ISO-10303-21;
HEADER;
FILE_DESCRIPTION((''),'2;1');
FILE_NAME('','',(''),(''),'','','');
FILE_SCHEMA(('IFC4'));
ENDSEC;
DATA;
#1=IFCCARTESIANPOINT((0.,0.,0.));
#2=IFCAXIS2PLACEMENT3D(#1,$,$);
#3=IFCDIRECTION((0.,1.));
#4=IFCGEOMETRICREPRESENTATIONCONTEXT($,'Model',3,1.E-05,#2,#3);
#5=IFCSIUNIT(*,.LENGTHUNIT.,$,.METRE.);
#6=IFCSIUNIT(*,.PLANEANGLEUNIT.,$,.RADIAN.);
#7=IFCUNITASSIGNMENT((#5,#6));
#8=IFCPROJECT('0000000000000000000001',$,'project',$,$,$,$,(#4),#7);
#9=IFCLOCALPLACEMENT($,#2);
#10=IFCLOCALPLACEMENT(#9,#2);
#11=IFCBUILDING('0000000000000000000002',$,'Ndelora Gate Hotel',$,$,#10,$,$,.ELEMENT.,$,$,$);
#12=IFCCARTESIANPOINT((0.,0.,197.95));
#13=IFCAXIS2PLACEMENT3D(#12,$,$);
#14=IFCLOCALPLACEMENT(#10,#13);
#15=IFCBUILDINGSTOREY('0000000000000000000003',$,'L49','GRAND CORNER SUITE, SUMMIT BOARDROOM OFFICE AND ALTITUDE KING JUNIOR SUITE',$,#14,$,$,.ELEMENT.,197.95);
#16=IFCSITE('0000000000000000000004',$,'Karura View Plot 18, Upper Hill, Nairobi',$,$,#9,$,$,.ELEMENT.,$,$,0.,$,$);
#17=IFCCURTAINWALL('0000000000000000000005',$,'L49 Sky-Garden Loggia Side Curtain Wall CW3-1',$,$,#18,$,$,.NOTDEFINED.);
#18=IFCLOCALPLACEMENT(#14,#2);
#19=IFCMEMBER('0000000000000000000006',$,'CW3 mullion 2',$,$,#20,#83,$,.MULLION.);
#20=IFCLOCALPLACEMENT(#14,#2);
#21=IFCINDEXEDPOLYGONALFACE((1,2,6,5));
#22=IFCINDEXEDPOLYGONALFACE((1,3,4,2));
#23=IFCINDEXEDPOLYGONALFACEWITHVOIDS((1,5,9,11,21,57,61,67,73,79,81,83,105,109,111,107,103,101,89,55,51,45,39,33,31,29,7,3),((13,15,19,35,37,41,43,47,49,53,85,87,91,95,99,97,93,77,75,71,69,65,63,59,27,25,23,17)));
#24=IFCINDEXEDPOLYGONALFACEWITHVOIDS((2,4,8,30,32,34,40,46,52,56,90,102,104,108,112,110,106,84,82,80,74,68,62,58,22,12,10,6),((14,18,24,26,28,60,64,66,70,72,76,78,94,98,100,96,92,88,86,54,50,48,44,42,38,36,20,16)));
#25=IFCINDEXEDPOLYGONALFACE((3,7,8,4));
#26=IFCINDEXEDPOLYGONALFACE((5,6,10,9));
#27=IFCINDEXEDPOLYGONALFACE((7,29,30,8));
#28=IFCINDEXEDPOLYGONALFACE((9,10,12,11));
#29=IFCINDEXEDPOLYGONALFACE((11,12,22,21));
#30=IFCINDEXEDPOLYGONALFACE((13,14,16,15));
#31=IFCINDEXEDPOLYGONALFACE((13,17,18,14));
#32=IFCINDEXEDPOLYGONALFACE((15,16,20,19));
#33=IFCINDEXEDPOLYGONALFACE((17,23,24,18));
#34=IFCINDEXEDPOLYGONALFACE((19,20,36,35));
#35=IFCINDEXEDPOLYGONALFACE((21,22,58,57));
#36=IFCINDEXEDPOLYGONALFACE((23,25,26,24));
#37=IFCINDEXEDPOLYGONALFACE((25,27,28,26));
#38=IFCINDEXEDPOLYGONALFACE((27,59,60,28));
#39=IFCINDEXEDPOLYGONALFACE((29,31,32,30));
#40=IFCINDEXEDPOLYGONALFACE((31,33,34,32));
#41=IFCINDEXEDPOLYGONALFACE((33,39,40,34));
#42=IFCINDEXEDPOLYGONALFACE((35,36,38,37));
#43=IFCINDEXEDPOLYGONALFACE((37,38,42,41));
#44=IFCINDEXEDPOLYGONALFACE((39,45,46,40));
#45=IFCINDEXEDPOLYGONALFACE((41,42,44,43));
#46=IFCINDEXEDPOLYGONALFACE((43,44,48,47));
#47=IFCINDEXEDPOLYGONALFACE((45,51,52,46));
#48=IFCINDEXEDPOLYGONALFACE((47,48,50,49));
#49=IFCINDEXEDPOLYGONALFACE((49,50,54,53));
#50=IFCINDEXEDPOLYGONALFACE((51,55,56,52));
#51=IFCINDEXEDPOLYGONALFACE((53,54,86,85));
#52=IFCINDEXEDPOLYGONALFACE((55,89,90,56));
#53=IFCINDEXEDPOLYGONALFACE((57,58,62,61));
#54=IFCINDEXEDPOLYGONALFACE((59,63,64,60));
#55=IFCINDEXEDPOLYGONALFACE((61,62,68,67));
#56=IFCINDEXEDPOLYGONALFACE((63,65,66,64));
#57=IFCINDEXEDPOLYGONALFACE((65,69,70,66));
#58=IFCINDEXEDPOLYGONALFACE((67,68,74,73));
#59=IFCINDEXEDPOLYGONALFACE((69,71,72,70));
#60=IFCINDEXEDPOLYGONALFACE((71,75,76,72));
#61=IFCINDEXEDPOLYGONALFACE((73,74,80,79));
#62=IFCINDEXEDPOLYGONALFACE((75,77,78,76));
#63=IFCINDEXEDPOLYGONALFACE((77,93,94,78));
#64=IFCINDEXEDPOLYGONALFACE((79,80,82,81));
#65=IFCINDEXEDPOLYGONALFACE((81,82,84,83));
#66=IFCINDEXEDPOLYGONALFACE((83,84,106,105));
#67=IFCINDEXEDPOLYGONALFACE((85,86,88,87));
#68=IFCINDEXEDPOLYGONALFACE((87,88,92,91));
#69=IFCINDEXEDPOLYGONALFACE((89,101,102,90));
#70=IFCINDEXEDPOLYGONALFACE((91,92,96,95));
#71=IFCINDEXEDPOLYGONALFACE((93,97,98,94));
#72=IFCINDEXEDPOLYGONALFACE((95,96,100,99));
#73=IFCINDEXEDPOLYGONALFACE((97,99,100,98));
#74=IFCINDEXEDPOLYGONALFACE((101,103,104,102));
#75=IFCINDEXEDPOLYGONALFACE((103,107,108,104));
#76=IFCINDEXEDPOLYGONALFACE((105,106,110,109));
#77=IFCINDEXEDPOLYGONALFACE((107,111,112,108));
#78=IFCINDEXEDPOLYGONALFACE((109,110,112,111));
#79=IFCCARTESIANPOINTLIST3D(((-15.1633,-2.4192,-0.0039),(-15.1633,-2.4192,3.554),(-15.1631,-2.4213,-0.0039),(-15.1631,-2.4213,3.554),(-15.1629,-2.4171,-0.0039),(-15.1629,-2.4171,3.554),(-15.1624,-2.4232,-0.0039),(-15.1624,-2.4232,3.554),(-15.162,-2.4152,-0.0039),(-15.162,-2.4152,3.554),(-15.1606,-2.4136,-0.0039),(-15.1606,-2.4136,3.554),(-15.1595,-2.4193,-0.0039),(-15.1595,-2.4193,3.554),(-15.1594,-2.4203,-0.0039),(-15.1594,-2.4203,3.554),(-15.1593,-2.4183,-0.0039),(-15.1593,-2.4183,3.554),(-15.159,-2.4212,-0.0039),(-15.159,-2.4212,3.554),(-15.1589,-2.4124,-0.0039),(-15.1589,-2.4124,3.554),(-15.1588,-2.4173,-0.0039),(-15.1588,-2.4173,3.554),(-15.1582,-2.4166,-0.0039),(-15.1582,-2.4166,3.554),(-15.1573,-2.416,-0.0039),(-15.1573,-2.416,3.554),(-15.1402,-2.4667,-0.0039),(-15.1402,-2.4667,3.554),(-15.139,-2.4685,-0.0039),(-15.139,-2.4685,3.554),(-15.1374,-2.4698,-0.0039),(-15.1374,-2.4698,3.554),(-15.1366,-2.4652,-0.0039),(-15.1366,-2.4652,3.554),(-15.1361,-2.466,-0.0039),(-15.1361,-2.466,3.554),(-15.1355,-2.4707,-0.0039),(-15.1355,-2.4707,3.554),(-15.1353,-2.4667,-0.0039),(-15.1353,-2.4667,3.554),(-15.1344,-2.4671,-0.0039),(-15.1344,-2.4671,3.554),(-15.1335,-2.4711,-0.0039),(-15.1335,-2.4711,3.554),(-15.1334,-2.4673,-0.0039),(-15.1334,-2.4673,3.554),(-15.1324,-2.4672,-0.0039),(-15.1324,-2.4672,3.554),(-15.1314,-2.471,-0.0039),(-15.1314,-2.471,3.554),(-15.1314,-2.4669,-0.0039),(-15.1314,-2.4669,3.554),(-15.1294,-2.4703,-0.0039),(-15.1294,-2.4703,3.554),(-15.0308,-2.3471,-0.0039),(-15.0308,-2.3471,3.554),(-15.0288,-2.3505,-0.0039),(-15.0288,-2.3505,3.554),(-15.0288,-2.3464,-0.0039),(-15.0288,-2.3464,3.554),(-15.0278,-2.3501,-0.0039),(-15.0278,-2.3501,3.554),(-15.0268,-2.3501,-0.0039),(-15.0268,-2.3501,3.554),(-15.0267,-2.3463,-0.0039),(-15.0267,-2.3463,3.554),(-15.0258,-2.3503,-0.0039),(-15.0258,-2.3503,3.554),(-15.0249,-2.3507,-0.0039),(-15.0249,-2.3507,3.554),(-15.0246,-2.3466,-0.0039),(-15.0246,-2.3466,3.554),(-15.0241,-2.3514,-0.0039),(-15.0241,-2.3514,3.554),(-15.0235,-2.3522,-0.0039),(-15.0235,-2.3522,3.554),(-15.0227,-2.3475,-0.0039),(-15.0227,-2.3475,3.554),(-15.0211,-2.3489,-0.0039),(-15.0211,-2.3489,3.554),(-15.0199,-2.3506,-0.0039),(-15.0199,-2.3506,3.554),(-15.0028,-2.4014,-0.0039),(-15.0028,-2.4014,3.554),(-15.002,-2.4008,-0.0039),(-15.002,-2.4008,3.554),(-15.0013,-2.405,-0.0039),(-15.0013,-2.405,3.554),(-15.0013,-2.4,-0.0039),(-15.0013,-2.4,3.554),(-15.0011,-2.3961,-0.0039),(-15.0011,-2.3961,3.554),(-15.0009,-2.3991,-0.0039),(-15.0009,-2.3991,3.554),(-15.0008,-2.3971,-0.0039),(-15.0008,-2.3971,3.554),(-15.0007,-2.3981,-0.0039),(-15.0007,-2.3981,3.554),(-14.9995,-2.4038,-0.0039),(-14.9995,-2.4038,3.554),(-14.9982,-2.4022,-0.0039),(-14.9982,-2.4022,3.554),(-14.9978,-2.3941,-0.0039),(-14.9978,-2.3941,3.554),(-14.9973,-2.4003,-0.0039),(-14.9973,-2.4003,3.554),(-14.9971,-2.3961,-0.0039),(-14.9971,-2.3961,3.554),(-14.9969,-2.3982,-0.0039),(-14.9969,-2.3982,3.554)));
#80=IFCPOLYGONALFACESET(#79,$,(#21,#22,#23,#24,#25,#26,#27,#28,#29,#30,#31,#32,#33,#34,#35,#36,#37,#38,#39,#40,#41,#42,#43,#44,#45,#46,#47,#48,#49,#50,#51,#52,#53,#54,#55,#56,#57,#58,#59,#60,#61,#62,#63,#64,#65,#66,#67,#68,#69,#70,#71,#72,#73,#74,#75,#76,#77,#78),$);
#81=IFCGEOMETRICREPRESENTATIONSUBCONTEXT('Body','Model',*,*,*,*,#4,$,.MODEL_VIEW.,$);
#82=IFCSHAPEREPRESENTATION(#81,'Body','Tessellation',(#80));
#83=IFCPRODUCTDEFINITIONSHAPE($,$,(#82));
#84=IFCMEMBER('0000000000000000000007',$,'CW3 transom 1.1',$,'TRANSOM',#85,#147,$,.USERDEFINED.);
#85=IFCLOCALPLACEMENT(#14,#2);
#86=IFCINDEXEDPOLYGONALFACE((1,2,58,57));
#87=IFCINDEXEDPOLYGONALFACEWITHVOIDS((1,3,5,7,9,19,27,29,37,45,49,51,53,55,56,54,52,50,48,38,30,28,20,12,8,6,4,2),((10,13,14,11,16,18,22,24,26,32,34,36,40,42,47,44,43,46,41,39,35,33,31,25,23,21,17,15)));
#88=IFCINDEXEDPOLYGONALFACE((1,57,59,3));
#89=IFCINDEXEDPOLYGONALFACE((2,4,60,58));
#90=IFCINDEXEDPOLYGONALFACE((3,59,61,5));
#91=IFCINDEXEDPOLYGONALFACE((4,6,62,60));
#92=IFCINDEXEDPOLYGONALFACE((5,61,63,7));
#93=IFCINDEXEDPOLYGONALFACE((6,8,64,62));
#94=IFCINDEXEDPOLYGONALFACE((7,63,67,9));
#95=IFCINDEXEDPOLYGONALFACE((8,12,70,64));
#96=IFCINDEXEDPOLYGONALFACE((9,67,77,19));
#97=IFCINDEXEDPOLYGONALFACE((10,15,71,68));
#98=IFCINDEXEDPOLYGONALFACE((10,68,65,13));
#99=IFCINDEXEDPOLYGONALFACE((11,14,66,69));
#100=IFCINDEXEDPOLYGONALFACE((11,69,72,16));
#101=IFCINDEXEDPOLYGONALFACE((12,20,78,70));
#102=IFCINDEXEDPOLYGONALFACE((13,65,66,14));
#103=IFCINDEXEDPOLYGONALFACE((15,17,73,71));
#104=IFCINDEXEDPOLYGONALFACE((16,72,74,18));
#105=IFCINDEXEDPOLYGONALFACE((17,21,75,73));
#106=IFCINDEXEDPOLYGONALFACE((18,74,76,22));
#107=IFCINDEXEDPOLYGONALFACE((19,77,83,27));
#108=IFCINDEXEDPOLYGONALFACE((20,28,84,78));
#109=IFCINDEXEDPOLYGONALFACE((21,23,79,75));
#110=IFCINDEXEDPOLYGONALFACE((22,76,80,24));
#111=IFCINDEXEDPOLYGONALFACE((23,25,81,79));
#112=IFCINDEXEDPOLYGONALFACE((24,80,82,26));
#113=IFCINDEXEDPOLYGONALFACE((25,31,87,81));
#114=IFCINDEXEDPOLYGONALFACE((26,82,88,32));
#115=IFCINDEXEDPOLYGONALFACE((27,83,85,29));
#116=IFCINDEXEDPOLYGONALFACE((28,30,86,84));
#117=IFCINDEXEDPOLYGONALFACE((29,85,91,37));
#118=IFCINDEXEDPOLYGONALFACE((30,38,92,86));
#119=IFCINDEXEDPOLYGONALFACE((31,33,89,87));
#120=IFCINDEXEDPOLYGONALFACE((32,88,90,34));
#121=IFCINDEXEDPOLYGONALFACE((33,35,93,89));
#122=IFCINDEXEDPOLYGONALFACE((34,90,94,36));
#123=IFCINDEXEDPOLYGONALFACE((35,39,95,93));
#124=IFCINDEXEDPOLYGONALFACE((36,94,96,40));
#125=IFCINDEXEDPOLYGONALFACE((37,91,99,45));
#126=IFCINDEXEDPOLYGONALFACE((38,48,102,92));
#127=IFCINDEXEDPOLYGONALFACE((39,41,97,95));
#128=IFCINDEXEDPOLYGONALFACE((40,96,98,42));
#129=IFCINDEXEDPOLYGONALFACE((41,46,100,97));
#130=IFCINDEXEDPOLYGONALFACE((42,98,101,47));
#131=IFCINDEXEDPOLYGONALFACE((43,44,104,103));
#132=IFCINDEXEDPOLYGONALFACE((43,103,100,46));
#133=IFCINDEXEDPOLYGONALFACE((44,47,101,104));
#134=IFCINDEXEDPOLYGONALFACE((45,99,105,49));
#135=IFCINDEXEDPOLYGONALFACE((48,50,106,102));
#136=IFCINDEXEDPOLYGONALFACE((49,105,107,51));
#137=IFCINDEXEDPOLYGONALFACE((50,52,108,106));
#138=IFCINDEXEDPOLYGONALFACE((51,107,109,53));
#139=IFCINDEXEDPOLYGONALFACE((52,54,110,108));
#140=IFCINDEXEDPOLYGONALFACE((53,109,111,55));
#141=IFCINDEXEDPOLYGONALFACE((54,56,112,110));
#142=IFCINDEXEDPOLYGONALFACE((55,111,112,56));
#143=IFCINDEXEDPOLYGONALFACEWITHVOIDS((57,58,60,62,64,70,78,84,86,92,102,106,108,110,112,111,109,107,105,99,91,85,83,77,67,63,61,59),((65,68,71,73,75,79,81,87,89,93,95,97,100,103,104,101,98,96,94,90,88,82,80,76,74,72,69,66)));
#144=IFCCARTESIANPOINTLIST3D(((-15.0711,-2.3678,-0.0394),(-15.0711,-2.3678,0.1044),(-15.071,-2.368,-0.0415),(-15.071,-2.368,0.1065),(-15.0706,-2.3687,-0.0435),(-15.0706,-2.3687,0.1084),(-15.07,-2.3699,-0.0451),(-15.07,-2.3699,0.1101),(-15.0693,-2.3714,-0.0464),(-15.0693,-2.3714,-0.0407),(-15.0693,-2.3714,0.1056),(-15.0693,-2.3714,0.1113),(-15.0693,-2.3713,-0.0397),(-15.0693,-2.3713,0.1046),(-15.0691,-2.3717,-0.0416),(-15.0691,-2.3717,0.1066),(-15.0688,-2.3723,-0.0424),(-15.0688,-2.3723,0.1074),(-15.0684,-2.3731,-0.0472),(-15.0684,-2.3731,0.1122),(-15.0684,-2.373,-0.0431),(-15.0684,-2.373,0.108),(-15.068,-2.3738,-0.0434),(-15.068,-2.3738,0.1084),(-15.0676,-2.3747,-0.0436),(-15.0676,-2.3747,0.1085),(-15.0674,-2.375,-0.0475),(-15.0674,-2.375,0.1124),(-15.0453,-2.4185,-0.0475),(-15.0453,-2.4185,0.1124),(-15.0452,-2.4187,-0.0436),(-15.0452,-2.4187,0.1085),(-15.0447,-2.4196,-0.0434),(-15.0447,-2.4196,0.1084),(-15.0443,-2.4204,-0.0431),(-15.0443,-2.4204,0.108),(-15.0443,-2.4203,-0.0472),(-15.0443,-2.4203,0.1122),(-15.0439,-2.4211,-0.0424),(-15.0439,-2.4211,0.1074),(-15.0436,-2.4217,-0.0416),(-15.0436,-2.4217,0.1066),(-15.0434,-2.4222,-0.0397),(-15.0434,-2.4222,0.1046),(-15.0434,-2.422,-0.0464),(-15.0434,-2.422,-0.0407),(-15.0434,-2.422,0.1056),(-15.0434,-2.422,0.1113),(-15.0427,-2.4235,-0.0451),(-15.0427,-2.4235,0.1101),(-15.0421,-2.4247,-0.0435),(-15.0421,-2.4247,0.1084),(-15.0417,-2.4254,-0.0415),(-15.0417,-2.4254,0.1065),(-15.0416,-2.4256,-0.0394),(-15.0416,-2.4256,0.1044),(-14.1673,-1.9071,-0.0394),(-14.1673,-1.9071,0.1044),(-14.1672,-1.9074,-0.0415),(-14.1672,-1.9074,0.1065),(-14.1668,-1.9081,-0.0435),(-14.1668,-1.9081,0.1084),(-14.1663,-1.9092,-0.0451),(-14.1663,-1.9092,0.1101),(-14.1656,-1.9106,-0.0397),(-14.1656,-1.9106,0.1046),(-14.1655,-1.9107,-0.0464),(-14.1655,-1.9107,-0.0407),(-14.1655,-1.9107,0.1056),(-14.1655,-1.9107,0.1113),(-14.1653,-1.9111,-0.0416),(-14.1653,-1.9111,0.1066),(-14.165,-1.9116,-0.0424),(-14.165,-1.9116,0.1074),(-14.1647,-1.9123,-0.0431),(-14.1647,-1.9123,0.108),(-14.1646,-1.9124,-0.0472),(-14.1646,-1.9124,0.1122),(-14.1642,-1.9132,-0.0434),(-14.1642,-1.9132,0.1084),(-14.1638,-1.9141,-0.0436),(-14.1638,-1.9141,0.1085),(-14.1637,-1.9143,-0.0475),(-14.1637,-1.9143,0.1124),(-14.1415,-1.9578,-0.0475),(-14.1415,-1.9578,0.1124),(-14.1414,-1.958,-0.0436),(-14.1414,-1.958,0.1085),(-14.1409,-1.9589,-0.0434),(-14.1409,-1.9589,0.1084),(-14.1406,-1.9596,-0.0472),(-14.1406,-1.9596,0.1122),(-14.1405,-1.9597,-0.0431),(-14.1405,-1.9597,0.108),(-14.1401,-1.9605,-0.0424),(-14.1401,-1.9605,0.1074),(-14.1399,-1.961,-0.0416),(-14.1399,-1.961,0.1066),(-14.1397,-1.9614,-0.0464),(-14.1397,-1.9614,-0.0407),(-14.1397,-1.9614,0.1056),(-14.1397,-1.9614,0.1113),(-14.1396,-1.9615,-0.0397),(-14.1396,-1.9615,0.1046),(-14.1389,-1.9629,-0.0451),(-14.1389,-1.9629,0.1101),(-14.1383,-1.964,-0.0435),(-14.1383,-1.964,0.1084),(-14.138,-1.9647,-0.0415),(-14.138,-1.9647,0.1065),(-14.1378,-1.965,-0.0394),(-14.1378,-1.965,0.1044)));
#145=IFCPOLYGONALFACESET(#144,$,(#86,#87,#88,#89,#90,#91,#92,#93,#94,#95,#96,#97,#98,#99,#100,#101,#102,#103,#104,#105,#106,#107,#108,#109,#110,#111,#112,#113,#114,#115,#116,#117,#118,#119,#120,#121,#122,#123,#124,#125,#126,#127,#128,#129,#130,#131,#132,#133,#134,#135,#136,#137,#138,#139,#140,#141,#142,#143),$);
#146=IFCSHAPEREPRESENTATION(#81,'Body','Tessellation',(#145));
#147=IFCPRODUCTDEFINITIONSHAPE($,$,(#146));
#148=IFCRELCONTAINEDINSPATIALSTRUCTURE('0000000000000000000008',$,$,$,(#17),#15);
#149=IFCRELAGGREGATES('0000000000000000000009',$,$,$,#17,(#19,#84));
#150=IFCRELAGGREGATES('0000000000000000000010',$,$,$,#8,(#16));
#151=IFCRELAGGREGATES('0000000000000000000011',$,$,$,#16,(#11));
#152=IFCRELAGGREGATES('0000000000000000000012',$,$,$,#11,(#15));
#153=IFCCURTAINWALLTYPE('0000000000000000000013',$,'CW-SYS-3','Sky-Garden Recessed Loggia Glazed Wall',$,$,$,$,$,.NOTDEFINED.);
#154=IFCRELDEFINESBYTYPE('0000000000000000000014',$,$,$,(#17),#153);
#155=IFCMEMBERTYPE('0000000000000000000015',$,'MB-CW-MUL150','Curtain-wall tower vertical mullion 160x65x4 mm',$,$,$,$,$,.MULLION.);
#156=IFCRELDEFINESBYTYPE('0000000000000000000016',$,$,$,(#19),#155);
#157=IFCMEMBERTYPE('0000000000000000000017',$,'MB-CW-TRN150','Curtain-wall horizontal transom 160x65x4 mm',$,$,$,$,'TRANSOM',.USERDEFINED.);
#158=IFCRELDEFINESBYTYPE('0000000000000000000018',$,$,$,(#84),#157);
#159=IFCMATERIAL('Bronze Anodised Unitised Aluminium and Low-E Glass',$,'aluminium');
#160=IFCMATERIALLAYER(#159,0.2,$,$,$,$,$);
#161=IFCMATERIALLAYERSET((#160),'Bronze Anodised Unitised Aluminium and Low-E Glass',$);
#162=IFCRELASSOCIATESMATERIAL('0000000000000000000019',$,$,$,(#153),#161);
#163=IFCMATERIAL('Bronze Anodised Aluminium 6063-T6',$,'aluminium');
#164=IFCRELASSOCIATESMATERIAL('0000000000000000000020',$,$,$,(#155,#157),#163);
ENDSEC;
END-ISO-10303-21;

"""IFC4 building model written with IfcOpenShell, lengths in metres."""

from ifc_helpers import new_model, si_unit, direction, frame, origin, origin_2d, place, context, subcontext, project, spatial, hollow_rectangle, extrude, material, layer, layer_set, material_profile, profile_set, type_object, element, aggregate, save


model = new_model("IFC4")

# Units and contexts
model_context = context("Model", 3, precision=1e-05, world=origin(), true_north=direction((0.0, 1.0)))
body_context = subcontext(model_context, "Body", "Model", "MODEL_VIEW")
ifc_project = project(units=[si_unit("LENGTHUNIT", "METRE"), si_unit("PLANEANGLEUNIT", "RADIAN")], contexts=[model_context])

# Site, building, storey
site_placement = place(None, origin())
site = spatial("IfcSite", under=ifc_project, at=site_placement, Name="Karura View Plot 18, Upper Hill, Nairobi", CompositionType="ELEMENT", RefElevation=0.0)
building_placement = place(site_placement, origin())
building = spatial("IfcBuilding", under=site, at=building_placement, Name="Ndelora Gate Hotel", CompositionType="ELEMENT")
storey_placement = place(building_placement, frame((0.0, 0.0, 197.95)))
storey = spatial("IfcBuildingStorey", under=building, at=storey_placement, Name="L49", Description="GRAND CORNER SUITE, SUMMIT BOARDROOM OFFICE AND ALTITUDE KING JUNIOR SUITE", CompositionType="ELEMENT", Elevation=197.95)

# Curtain wall, members
ifc_material_1 = material(Name="Bronze Anodised Unitised Aluminium and Low-E Glass", Category="aluminium")
ifc_layer_1 = layer(ifc_material_1, 0.2)
ifc_layer_set_1 = layer_set([ifc_layer_1], Name="Bronze Anodised Unitised Aluminium and Low-E Glass")
curtain_wall_type = type_object("IfcCurtainWallType", Name="CW-SYS-3", Description="Sky-Garden Recessed Loggia Glazed Wall", PredefinedType="NOTDEFINED", material=ifc_layer_set_1)
curtain_wall_placement = place(storey_placement, origin())
curtain_wall = element("IfcCurtainWall", 1, at=curtain_wall_placement, inside=storey, type_object=curtain_wall_type, Name="L49 Sky-Garden Loggia Side Curtain Wall CW3-1", PredefinedType="NOTDEFINED")
ifc_material_2 = material(Name="Bronze Anodised Aluminium 6063-T6", Category="aluminium")
ifc_material_profile_1 = material_profile(ifc_material_2, hollow_rectangle(XDim=0.0649, YDim=0.1599, WallThickness=0.0039, InnerFilletRadius=0.0039, OuterFilletRadius=0.0081, at=origin_2d()), Name="ALU 160x65x4")
ifc_profile_set_1 = profile_set([ifc_material_profile_1], Name="Bronze Anodised Aluminium 6063-T6")
member_type_1 = type_object("IfcMemberType", Name="MB-CW-MUL150", Description="Curtain-wall tower vertical mullion 160x65x4 mm", PredefinedType="MULLION", material=ifc_profile_set_1)
member_1_placement = place(storey_placement, frame((-15.0801, -2.4087, -0.0039), z_axis=(0.0, 0.0, 1.0), x_axis=(0.454001, -0.891001, 0.0)))
member_1 = element("IfcMember", 2, at=member_1_placement, type_object=member_type_1, Name="CW3 mullion 2", PredefinedType="MULLION", context=body_context, shape_type="SweptSolid", body=[
    extrude(hollow_rectangle(XDim=0.0649, YDim=0.1599, WallThickness=0.0039, InnerFilletRadius=0.0039, OuterFilletRadius=0.0081, at=origin_2d()), origin(), (0.0, 0.0, 1.0), 3.5579),
])
ifc_material_profile_2 = material_profile(ifc_material_2, hollow_rectangle(XDim=0.0649, YDim=0.1599, WallThickness=0.0039, InnerFilletRadius=0.0039, OuterFilletRadius=0.0081, at=origin_2d()), Name="ALU 160x65x4")
ifc_profile_set_2 = profile_set([ifc_material_profile_2], Name="Bronze Anodised Aluminium 6063-T6")
member_type_2 = type_object("IfcMemberType", Name="MB-CW-TRN150", Description="Curtain-wall horizontal transom 160x65x4 mm", ElementType="TRANSOM", PredefinedType="USERDEFINED", material=ifc_profile_set_2)
member_2_placement = place(storey_placement, frame((-14.1526, -1.936, 0.0325), z_axis=(-0.890935, -0.454131, 0.0), x_axis=(0.454131, -0.890935, 0.0)))
member_2 = element("IfcMember", 3, at=member_2_placement, type_object=member_type_2, Name="CW3 transom 1.1", ObjectType="TRANSOM", PredefinedType="USERDEFINED", context=body_context, shape_type="SweptSolid", body=[
    extrude(hollow_rectangle(XDim=0.0649, YDim=0.1599, WallThickness=0.0039, InnerFilletRadius=0.0039, OuterFilletRadius=0.0081, at=origin_2d()), origin(), (0.0, 0.0, 1.0), 1.0144),
])
aggregate(curtain_wall, [member_1, member_2])

save(model, "model.ifc")
